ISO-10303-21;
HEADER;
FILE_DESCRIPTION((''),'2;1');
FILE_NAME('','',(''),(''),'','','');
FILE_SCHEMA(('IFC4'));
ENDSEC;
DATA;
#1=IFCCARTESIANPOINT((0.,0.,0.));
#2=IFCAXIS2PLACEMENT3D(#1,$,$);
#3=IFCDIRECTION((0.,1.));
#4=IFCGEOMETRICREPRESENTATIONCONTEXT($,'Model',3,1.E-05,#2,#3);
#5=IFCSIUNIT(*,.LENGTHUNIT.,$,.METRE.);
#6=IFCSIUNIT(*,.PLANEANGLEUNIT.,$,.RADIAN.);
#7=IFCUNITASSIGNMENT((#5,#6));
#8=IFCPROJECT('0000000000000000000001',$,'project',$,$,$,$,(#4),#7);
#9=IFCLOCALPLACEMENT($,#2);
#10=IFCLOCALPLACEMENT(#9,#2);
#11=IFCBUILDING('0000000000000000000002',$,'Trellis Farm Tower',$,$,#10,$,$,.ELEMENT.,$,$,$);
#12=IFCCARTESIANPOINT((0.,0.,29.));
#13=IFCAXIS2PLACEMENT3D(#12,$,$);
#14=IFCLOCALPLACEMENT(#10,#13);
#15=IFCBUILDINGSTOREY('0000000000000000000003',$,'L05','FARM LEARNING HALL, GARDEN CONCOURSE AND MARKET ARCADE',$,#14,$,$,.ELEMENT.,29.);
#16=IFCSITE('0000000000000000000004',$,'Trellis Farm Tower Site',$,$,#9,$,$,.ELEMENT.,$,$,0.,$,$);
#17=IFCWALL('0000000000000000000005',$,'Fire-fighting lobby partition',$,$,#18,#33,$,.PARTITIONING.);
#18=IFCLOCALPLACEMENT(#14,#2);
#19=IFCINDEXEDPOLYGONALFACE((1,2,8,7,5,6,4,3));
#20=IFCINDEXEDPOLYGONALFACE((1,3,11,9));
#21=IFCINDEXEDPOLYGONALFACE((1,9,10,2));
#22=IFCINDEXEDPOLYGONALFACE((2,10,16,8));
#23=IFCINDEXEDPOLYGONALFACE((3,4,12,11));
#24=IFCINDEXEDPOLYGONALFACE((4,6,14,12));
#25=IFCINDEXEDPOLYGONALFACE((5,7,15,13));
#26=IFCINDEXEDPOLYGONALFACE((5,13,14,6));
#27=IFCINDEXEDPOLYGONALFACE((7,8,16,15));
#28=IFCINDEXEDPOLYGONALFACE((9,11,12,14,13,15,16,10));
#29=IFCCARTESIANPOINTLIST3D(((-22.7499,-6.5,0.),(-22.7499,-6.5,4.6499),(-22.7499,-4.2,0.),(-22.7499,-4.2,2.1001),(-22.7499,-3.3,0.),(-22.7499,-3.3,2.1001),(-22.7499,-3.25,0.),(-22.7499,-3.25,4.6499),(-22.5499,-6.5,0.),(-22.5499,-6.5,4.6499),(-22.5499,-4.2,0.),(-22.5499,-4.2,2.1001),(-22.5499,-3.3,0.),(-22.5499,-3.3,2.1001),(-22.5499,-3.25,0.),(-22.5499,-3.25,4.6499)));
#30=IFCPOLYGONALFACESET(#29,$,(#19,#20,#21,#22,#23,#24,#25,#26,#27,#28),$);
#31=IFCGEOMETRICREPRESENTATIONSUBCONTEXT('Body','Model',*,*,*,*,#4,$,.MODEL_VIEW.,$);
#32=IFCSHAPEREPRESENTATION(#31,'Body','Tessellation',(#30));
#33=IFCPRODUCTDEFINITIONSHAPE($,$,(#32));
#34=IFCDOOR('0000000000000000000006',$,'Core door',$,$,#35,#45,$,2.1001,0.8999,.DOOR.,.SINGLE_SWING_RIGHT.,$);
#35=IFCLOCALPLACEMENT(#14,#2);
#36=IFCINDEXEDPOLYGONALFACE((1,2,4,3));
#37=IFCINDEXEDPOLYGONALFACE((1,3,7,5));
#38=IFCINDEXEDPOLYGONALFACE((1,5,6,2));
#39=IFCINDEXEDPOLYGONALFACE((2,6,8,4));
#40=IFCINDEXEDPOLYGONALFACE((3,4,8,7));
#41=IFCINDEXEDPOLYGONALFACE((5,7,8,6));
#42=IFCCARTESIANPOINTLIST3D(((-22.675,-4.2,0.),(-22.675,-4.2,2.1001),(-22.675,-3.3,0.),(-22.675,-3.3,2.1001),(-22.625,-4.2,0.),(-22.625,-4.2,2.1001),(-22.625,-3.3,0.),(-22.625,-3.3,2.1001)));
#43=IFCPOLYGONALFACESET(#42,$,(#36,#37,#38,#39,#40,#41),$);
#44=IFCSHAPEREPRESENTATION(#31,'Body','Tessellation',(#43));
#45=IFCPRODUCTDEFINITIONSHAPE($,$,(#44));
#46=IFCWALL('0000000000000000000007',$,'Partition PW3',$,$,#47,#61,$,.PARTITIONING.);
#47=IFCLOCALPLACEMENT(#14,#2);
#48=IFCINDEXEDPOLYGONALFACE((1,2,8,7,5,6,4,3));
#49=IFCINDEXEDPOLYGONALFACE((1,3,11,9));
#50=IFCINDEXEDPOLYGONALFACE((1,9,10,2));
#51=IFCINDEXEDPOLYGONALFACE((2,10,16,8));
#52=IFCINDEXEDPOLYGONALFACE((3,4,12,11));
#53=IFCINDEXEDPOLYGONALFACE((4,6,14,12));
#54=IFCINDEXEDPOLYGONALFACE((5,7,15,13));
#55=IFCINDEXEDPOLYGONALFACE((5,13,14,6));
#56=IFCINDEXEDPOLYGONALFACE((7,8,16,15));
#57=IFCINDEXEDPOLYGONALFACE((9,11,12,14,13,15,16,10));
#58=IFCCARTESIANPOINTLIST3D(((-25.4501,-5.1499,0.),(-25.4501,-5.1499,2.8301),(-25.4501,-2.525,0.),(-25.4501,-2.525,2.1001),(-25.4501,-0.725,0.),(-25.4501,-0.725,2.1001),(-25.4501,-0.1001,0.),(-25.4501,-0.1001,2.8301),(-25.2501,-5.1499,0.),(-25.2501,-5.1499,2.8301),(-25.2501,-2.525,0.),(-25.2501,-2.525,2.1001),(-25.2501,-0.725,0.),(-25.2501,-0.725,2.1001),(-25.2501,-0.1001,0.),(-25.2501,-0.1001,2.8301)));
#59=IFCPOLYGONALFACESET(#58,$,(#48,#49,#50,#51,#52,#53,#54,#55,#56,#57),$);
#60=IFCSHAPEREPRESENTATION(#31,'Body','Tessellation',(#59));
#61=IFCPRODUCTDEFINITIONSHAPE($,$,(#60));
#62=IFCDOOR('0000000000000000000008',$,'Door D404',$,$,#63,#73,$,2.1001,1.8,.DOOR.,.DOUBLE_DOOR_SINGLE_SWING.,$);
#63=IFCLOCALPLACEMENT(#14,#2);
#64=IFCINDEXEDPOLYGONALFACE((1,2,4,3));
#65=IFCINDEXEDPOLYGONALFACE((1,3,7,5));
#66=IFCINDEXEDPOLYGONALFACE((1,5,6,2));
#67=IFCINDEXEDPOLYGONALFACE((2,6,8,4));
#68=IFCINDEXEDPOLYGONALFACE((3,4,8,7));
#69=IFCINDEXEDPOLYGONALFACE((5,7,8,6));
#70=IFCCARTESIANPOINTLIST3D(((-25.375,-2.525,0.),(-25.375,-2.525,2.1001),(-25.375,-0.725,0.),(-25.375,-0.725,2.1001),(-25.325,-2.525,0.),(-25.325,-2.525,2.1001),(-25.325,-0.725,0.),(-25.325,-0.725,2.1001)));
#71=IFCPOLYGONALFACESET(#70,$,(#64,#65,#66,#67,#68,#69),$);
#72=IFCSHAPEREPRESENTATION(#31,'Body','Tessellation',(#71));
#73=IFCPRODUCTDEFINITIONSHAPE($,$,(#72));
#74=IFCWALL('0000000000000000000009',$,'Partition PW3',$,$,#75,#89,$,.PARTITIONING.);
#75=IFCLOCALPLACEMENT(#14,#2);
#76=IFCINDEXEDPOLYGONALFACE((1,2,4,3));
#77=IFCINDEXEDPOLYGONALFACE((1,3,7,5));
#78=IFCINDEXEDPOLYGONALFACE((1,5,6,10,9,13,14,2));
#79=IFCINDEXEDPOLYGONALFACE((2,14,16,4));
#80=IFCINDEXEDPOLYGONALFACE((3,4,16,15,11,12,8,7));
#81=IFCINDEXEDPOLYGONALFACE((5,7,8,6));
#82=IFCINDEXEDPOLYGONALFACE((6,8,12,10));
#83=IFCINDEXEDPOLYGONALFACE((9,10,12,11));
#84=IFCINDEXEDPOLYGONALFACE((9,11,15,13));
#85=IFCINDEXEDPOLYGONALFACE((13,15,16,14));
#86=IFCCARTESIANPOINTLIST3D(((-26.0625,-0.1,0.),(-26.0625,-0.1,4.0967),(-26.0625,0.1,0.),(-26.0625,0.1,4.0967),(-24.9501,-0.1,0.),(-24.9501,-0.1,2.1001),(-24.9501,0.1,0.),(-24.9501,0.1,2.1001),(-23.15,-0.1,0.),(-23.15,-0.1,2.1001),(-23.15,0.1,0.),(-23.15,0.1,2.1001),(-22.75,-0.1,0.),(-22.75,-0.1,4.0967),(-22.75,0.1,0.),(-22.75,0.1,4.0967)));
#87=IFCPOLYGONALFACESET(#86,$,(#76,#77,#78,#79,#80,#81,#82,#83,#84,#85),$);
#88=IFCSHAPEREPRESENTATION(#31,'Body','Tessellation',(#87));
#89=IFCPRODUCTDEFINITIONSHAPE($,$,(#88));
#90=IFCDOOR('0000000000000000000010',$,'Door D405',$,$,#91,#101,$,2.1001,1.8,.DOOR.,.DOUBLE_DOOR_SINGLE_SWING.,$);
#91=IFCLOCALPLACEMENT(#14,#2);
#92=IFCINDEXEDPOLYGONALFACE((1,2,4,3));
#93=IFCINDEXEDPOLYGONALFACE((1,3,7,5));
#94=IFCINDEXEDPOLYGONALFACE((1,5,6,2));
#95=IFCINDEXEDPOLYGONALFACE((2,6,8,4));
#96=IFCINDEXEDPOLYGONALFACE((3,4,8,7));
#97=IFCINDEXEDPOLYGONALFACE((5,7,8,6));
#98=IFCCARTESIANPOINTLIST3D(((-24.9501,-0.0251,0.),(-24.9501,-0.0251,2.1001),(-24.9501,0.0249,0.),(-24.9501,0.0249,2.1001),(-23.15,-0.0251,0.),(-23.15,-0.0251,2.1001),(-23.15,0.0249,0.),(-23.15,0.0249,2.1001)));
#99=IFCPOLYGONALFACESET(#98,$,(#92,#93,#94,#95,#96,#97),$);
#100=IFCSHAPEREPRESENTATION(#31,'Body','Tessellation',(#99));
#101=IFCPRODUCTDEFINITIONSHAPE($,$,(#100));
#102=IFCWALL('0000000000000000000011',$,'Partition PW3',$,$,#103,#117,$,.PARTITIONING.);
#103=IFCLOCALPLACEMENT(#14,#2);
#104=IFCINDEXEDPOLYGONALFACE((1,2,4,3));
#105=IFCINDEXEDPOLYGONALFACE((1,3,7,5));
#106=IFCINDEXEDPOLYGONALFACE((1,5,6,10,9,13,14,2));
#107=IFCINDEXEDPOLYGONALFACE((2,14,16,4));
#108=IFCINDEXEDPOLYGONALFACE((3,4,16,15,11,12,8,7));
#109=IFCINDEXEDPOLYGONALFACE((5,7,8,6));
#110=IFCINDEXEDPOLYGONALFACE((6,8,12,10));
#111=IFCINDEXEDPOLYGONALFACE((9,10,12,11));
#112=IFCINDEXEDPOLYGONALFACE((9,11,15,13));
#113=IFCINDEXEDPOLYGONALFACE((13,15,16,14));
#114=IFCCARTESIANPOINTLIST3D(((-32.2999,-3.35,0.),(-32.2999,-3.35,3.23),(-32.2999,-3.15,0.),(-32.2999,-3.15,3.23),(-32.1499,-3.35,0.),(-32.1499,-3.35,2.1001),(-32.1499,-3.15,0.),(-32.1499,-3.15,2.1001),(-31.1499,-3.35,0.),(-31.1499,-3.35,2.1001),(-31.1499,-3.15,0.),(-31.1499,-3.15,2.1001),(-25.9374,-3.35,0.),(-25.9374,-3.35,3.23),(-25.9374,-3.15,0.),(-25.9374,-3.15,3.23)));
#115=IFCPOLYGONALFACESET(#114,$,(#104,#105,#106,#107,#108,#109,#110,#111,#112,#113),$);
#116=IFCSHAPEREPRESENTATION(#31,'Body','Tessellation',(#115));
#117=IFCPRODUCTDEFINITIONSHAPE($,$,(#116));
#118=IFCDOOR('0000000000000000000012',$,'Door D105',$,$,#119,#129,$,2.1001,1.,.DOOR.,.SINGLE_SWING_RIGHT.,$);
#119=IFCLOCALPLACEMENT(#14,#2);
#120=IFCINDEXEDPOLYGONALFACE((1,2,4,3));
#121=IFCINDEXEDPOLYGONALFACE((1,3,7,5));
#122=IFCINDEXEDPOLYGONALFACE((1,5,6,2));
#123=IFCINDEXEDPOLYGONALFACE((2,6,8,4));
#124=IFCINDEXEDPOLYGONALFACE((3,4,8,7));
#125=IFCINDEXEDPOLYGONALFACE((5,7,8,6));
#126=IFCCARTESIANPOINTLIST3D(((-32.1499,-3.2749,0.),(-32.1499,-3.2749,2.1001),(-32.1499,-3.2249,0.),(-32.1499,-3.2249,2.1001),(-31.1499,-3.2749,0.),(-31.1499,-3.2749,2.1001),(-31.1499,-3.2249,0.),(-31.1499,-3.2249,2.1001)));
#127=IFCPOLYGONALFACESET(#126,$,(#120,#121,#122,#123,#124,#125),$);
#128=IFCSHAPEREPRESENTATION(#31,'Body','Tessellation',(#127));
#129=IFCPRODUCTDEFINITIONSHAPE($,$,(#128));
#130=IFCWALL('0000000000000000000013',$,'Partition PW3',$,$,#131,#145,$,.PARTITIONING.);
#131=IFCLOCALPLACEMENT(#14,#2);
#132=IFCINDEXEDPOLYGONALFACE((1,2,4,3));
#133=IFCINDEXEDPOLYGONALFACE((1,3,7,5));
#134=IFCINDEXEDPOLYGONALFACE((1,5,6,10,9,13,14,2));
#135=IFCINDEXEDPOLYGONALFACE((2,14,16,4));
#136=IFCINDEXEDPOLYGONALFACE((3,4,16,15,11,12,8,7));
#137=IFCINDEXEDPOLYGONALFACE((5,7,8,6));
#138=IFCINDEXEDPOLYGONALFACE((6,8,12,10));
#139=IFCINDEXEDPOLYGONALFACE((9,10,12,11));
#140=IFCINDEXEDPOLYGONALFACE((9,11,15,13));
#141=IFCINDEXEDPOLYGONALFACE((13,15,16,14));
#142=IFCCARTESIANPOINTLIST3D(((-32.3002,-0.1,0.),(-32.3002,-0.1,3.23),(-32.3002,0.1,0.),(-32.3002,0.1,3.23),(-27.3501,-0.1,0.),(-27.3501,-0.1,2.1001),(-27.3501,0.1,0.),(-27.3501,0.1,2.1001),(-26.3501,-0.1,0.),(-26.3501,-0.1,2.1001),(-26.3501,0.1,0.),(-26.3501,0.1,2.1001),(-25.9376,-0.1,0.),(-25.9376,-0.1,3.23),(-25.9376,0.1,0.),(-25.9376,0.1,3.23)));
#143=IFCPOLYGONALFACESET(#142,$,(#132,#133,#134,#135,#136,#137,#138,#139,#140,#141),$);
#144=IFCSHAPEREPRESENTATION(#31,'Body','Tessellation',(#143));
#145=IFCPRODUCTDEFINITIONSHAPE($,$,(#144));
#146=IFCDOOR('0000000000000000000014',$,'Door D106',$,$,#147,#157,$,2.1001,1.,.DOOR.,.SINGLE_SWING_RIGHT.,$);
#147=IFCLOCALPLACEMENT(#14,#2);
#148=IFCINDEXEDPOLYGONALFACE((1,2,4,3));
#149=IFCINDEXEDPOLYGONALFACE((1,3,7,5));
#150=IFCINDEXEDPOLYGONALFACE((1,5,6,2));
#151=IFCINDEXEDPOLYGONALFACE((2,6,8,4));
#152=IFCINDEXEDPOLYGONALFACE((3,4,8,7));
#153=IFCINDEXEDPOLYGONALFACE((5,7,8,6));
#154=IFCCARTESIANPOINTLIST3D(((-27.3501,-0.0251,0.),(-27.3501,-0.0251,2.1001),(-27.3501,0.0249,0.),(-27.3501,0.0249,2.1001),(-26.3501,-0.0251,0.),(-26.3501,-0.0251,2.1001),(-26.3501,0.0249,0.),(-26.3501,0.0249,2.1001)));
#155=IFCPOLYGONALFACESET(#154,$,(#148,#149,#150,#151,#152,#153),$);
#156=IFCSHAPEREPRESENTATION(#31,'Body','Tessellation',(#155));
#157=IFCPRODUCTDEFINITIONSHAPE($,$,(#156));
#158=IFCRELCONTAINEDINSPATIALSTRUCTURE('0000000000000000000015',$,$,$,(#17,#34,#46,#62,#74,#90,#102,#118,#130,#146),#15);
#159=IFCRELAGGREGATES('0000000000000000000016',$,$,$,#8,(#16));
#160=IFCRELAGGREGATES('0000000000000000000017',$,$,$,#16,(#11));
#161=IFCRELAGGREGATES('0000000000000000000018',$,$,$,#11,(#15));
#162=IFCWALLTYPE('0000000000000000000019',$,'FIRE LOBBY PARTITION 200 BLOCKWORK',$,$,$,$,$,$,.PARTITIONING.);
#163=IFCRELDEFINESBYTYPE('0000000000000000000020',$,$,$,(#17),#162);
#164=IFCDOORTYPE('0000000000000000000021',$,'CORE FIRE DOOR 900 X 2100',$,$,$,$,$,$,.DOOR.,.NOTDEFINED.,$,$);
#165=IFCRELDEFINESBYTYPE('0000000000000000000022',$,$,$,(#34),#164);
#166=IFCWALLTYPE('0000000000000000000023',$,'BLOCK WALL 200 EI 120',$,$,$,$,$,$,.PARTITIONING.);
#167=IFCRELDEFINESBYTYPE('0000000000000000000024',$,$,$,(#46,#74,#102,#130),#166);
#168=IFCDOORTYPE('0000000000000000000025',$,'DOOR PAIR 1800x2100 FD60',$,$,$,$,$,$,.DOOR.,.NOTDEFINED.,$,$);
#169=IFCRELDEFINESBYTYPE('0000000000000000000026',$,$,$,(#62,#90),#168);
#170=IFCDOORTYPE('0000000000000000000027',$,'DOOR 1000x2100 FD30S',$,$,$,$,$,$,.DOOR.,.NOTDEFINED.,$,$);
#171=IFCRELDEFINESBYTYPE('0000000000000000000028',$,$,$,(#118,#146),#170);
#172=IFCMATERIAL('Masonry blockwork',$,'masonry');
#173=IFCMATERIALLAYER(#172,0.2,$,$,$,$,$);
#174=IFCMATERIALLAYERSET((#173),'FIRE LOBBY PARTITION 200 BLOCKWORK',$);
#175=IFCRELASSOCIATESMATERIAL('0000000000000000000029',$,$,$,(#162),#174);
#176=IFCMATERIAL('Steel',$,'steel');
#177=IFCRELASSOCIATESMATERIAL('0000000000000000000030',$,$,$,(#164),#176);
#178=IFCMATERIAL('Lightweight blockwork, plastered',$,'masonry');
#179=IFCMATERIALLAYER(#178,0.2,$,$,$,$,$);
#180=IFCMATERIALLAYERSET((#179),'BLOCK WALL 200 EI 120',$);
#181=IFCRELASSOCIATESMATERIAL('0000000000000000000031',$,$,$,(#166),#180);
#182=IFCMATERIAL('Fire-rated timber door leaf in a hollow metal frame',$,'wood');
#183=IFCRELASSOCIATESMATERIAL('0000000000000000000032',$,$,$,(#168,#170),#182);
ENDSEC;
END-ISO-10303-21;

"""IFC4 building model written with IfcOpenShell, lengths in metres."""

from ifc_helpers import new_model, si_unit, direction, frame, frame_2d, origin, place, context, subcontext, project, spatial, rectangle, extrude, source, transform, mapped, material, layer, layer_set, type_object, element, fill, save


model = new_model("IFC4")

# Units and contexts
model_context = context("Model", 3, precision=1e-05, world=origin(), true_north=direction((0.0, 1.0)))
body_context = subcontext(model_context, "Body", "Model", "MODEL_VIEW")
ifc_project = project(units=[si_unit("LENGTHUNIT", "METRE"), si_unit("PLANEANGLEUNIT", "RADIAN")], contexts=[model_context])

# Site, building, storey
site_placement = place(None, origin())
site = spatial("IfcSite", under=ifc_project, at=site_placement, Name="Trellis Farm Tower Site", CompositionType="ELEMENT", RefElevation=0.0)
building_placement = place(site_placement, origin())
building = spatial("IfcBuilding", under=site, at=building_placement, Name="Trellis Farm Tower", CompositionType="ELEMENT")
storey_placement = place(building_placement, frame((0.0, 0.0, 29.0)))
storey = spatial("IfcBuildingStorey", under=building, at=storey_placement, Name="L05", Description="FARM LEARNING HALL, GARDEN CONCOURSE AND MARKET ARCADE", CompositionType="ELEMENT", Elevation=29.0)

# Walls, openings, doors
ifc_material_1 = material(Name="Masonry blockwork", Category="masonry")
ifc_layer_1 = layer(ifc_material_1, 0.2)
ifc_layer_set_1 = layer_set([ifc_layer_1], Name="FIRE LOBBY PARTITION 200 BLOCKWORK")
wall_type_1 = type_object("IfcWallType", Name="FIRE LOBBY PARTITION 200 BLOCKWORK", PredefinedType="PARTITIONING", material=ifc_layer_set_1)
shared_shape_1 = source(origin(), body_context, "Body", "SweptSolid", [
    extrude(rectangle(XDim=3.25, YDim=0.2, at=frame_2d((1.625, 0.0))), origin(), (0.0, 0.0, 1.0), 4.6499),
])
ifc_material_2 = material(Name="Steel", Category="steel")
wall_1_placement = place(storey_placement, frame((-22.6499, -3.25, 0.0), z_axis=(0.0, 0.0, 1.0), x_axis=(0.0, -1.0, 0.0)))
wall_1 = element("IfcWall", 1, at=wall_1_placement, inside=storey, type_object=wall_type_1, Name="Fire-fighting lobby partition", PredefinedType="PARTITIONING", context=body_context, shape_type="MappedRepresentation", body=[
    mapped(shared_shape_1, transform((0.0, 0.0, 0.0))),
])
shared_shape_2 = source(origin(), body_context, "Body", "SweptSolid", [
    extrude(rectangle(XDim=0.8999, YDim=2.1001, at=frame_2d((0.45, 1.05))), frame((0.0, 0.1101, 0.0), z_axis=(0.0, -1.0, 0.0), x_axis=(1.0, 0.0, 0.0)), (0.0, 0.0, 1.0), 0.2202),
])
opening_1_placement = place(wall_1_placement, frame((0.05, 0.0, 0.0)))
opening_1 = element("IfcOpeningElement", 2, at=opening_1_placement, cuts=wall_1, PredefinedType="OPENING", context=body_context, shape_type="MappedRepresentation", body=[
    mapped(shared_shape_2, transform((0.0, 0.0, 0.0))),
])
door_type_1 = type_object("IfcDoorType", Name="CORE FIRE DOOR 900 X 2100", OperationType="NOTDEFINED", PredefinedType="DOOR", material=ifc_material_2)
shared_shape_3 = source(origin(), body_context, "Body", "SweptSolid", [
    extrude(rectangle(XDim=0.8999, YDim=2.1001, at=frame_2d((0.45, 1.05))), frame((0.0, 0.0249, 0.0), z_axis=(0.0, -1.0, 0.0), x_axis=(1.0, 0.0, 0.0)), (0.0, 0.0, 1.0), 0.05),
])
door_1_placement = place(opening_1_placement, origin())
door_1 = element("IfcDoor", 3, at=door_1_placement, inside=storey, type_object=door_type_1, Name="Core door", OperationType="SINGLE_SWING_RIGHT", OverallHeight=2.1001, OverallWidth=0.8999, PredefinedType="DOOR", context=body_context, shape_type="MappedRepresentation", body=[
    mapped(shared_shape_3, transform((0.0, 0.0, 0.0))),
])
fill(opening_1, door_1)
ifc_material_3 = material(Name="Lightweight blockwork, plastered", Category="masonry")
ifc_layer_2 = layer(ifc_material_3, 0.2)
ifc_layer_set_2 = layer_set([ifc_layer_2], Name="BLOCK WALL 200 EI 120")
wall_type_2 = type_object("IfcWallType", Name="BLOCK WALL 200 EI 120", PredefinedType="PARTITIONING", material=ifc_layer_set_2)
shared_shape_4 = source(origin(), body_context, "Body", "SweptSolid", [
    extrude(rectangle(XDim=5.0498, YDim=0.2, at=frame_2d((2.5249, 0.0))), origin(), (0.0, 0.0, 1.0), 2.8301),
])
wall_2_placement = place(storey_placement, frame((-25.3501, -5.1499, 0.0), z_axis=(0.0, 0.0, 1.0), x_axis=(0.0, 1.0, 0.0)))
wall_2 = element("IfcWall", 4, at=wall_2_placement, inside=storey, type_object=wall_type_2, Name="Partition PW3", PredefinedType="PARTITIONING", context=body_context, shape_type="MappedRepresentation", body=[
    mapped(shared_shape_4, transform((0.0, 0.0, 0.0))),
])
shared_shape_5 = source(origin(), body_context, "Body", "SweptSolid", [
    extrude(rectangle(XDim=1.8, YDim=2.1001, at=frame_2d((0.8999, 1.05))), frame((0.0, 0.1101, 0.0), z_axis=(0.0, -1.0, 0.0), x_axis=(1.0, 0.0, 0.0)), (0.0, 0.0, 1.0), 0.2202),
])
opening_2_placement = place(wall_2_placement, frame((2.625, 0.0, 0.0)))
opening_2 = element("IfcOpeningElement", 5, at=opening_2_placement, cuts=wall_2, PredefinedType="OPENING", context=body_context, shape_type="MappedRepresentation", body=[
    mapped(shared_shape_5, transform((0.0, 0.0, 0.0))),
])
ifc_material_4 = material(Name="Fire-rated timber door leaf in a hollow metal frame", Category="wood")
door_type_2 = type_object("IfcDoorType", Name="DOOR PAIR 1800x2100 FD60", OperationType="NOTDEFINED", PredefinedType="DOOR", material=ifc_material_4)
shared_shape_6 = source(origin(), body_context, "Body", "SweptSolid", [
    extrude(rectangle(XDim=1.8, YDim=2.1001, at=frame_2d((0.8999, 1.05))), frame((0.0, 0.0249, 0.0), z_axis=(0.0, -1.0, 0.0), x_axis=(1.0, 0.0, 0.0)), (0.0, 0.0, 1.0), 0.05),
])
door_2_placement = place(opening_2_placement, origin())
door_2 = element("IfcDoor", 6, at=door_2_placement, inside=storey, type_object=door_type_2, Name="Door D404", OperationType="DOUBLE_DOOR_SINGLE_SWING", OverallHeight=2.1001, OverallWidth=1.8, PredefinedType="DOOR", context=body_context, shape_type="MappedRepresentation", body=[
    mapped(shared_shape_6, transform((0.0, 0.0, 0.0))),
])
fill(opening_2, door_2)
shared_shape_7 = source(origin(), body_context, "Body", "SweptSolid", [
    extrude(rectangle(XDim=3.3125, YDim=0.2, at=frame_2d((1.6562, 0.0))), origin(), (0.0, 0.0, 1.0), 4.0967),
])
wall_3_placement = place(storey_placement, frame((-26.0625, 0.0, 0.0), z_axis=(0.0, 0.0, 1.0), x_axis=(1.0, 0.0, 0.0)))
wall_3 = element("IfcWall", 7, at=wall_3_placement, inside=storey, type_object=wall_type_2, Name="Partition PW3", PredefinedType="PARTITIONING", context=body_context, shape_type="MappedRepresentation", body=[
    mapped(shared_shape_7, transform((0.0, 0.0, 0.0))),
])
opening_3_placement = place(wall_3_placement, frame((1.1125, 0.0, 0.0)))
opening_3 = element("IfcOpeningElement", 8, at=opening_3_placement, cuts=wall_3, PredefinedType="OPENING", context=body_context, shape_type="MappedRepresentation", body=[
    mapped(shared_shape_5, transform((0.0, 0.0, 0.0))),
])
door_3_placement = place(opening_3_placement, origin())
door_3 = element("IfcDoor", 9, at=door_3_placement, inside=storey, type_object=door_type_2, Name="Door D405", OperationType="DOUBLE_DOOR_SINGLE_SWING", OverallHeight=2.1001, OverallWidth=1.8, PredefinedType="DOOR", context=body_context, shape_type="MappedRepresentation", body=[
    mapped(shared_shape_6, transform((0.0, 0.0, 0.0))),
])
fill(opening_3, door_3)
shared_shape_8 = source(origin(), body_context, "Body", "SweptSolid", [
    extrude(rectangle(XDim=6.3625, YDim=0.2, at=frame_2d((3.1812, 0.0))), origin(), (0.0, 0.0, 1.0), 3.23),
])
wall_4_placement = place(storey_placement, frame((-25.9375, -3.25, 0.0), z_axis=(0.0, 0.0, 1.0), x_axis=(-1.0, 0.0, 0.0)))
wall_4 = element("IfcWall", 10, at=wall_4_placement, inside=storey, type_object=wall_type_2, Name="Partition PW3", PredefinedType="PARTITIONING", context=body_context, shape_type="MappedRepresentation", body=[
    mapped(shared_shape_8, transform((0.0, 0.0, 0.0))),
])
shared_shape_9 = source(origin(), body_context, "Body", "SweptSolid", [
    extrude(rectangle(XDim=1.0, YDim=2.1001, at=frame_2d((0.5, 1.05))), frame((0.0, 0.1101, 0.0), z_axis=(0.0, -1.0, 0.0), x_axis=(1.0, 0.0, 0.0)), (0.0, 0.0, 1.0), 0.2202),
])
opening_4_placement = place(wall_4_placement, frame((5.2124, 0.0, 0.0)))
opening_4 = element("IfcOpeningElement", 11, at=opening_4_placement, cuts=wall_4, PredefinedType="OPENING", context=body_context, shape_type="MappedRepresentation", body=[
    mapped(shared_shape_9, transform((0.0, 0.0, 0.0))),
])
door_type_3 = type_object("IfcDoorType", Name="DOOR 1000x2100 FD30S", OperationType="NOTDEFINED", PredefinedType="DOOR", material=ifc_material_4)
shared_shape_10 = source(origin(), body_context, "Body", "SweptSolid", [
    extrude(rectangle(XDim=1.0, YDim=2.1001, at=frame_2d((0.5, 1.05))), frame((0.0, 0.0249, 0.0), z_axis=(0.0, -1.0, 0.0), x_axis=(1.0, 0.0, 0.0)), (0.0, 0.0, 1.0), 0.05),
])
door_4_placement = place(opening_4_placement, origin())
door_4 = element("IfcDoor", 12, at=door_4_placement, inside=storey, type_object=door_type_3, Name="Door D105", OperationType="SINGLE_SWING_RIGHT", OverallHeight=2.1001, OverallWidth=1.0, PredefinedType="DOOR", context=body_context, shape_type="MappedRepresentation", body=[
    mapped(shared_shape_10, transform((0.0, 0.0, 0.0))),
])
fill(opening_4, door_4)
wall_5_placement = place(storey_placement, frame((-32.3, 0.0, 0.0), z_axis=(0.0, 0.0, 1.0), x_axis=(1.0, 0.0, 0.0)))
wall_5 = element("IfcWall", 13, at=wall_5_placement, inside=storey, type_object=wall_type_2, Name="Partition PW3", PredefinedType="PARTITIONING", context=body_context, shape_type="MappedRepresentation", body=[
    mapped(shared_shape_8, transform((0.0, 0.0, 0.0))),
])
opening_5_placement = place(wall_5_placement, frame((4.95, 0.0, 0.0)))
opening_5 = element("IfcOpeningElement", 14, at=opening_5_placement, cuts=wall_5, PredefinedType="OPENING", context=body_context, shape_type="MappedRepresentation", body=[
    mapped(shared_shape_9, transform((0.0, 0.0, 0.0))),
])
door_5_placement = place(opening_5_placement, origin())
door_5 = element("IfcDoor", 15, at=door_5_placement, inside=storey, type_object=door_type_3, Name="Door D106", OperationType="SINGLE_SWING_RIGHT", OverallHeight=2.1001, OverallWidth=1.0, PredefinedType="DOOR", context=body_context, shape_type="MappedRepresentation", body=[
    mapped(shared_shape_10, transform((0.0, 0.0, 0.0))),
])
fill(opening_5, door_5)

save(model, "model.ifc")
